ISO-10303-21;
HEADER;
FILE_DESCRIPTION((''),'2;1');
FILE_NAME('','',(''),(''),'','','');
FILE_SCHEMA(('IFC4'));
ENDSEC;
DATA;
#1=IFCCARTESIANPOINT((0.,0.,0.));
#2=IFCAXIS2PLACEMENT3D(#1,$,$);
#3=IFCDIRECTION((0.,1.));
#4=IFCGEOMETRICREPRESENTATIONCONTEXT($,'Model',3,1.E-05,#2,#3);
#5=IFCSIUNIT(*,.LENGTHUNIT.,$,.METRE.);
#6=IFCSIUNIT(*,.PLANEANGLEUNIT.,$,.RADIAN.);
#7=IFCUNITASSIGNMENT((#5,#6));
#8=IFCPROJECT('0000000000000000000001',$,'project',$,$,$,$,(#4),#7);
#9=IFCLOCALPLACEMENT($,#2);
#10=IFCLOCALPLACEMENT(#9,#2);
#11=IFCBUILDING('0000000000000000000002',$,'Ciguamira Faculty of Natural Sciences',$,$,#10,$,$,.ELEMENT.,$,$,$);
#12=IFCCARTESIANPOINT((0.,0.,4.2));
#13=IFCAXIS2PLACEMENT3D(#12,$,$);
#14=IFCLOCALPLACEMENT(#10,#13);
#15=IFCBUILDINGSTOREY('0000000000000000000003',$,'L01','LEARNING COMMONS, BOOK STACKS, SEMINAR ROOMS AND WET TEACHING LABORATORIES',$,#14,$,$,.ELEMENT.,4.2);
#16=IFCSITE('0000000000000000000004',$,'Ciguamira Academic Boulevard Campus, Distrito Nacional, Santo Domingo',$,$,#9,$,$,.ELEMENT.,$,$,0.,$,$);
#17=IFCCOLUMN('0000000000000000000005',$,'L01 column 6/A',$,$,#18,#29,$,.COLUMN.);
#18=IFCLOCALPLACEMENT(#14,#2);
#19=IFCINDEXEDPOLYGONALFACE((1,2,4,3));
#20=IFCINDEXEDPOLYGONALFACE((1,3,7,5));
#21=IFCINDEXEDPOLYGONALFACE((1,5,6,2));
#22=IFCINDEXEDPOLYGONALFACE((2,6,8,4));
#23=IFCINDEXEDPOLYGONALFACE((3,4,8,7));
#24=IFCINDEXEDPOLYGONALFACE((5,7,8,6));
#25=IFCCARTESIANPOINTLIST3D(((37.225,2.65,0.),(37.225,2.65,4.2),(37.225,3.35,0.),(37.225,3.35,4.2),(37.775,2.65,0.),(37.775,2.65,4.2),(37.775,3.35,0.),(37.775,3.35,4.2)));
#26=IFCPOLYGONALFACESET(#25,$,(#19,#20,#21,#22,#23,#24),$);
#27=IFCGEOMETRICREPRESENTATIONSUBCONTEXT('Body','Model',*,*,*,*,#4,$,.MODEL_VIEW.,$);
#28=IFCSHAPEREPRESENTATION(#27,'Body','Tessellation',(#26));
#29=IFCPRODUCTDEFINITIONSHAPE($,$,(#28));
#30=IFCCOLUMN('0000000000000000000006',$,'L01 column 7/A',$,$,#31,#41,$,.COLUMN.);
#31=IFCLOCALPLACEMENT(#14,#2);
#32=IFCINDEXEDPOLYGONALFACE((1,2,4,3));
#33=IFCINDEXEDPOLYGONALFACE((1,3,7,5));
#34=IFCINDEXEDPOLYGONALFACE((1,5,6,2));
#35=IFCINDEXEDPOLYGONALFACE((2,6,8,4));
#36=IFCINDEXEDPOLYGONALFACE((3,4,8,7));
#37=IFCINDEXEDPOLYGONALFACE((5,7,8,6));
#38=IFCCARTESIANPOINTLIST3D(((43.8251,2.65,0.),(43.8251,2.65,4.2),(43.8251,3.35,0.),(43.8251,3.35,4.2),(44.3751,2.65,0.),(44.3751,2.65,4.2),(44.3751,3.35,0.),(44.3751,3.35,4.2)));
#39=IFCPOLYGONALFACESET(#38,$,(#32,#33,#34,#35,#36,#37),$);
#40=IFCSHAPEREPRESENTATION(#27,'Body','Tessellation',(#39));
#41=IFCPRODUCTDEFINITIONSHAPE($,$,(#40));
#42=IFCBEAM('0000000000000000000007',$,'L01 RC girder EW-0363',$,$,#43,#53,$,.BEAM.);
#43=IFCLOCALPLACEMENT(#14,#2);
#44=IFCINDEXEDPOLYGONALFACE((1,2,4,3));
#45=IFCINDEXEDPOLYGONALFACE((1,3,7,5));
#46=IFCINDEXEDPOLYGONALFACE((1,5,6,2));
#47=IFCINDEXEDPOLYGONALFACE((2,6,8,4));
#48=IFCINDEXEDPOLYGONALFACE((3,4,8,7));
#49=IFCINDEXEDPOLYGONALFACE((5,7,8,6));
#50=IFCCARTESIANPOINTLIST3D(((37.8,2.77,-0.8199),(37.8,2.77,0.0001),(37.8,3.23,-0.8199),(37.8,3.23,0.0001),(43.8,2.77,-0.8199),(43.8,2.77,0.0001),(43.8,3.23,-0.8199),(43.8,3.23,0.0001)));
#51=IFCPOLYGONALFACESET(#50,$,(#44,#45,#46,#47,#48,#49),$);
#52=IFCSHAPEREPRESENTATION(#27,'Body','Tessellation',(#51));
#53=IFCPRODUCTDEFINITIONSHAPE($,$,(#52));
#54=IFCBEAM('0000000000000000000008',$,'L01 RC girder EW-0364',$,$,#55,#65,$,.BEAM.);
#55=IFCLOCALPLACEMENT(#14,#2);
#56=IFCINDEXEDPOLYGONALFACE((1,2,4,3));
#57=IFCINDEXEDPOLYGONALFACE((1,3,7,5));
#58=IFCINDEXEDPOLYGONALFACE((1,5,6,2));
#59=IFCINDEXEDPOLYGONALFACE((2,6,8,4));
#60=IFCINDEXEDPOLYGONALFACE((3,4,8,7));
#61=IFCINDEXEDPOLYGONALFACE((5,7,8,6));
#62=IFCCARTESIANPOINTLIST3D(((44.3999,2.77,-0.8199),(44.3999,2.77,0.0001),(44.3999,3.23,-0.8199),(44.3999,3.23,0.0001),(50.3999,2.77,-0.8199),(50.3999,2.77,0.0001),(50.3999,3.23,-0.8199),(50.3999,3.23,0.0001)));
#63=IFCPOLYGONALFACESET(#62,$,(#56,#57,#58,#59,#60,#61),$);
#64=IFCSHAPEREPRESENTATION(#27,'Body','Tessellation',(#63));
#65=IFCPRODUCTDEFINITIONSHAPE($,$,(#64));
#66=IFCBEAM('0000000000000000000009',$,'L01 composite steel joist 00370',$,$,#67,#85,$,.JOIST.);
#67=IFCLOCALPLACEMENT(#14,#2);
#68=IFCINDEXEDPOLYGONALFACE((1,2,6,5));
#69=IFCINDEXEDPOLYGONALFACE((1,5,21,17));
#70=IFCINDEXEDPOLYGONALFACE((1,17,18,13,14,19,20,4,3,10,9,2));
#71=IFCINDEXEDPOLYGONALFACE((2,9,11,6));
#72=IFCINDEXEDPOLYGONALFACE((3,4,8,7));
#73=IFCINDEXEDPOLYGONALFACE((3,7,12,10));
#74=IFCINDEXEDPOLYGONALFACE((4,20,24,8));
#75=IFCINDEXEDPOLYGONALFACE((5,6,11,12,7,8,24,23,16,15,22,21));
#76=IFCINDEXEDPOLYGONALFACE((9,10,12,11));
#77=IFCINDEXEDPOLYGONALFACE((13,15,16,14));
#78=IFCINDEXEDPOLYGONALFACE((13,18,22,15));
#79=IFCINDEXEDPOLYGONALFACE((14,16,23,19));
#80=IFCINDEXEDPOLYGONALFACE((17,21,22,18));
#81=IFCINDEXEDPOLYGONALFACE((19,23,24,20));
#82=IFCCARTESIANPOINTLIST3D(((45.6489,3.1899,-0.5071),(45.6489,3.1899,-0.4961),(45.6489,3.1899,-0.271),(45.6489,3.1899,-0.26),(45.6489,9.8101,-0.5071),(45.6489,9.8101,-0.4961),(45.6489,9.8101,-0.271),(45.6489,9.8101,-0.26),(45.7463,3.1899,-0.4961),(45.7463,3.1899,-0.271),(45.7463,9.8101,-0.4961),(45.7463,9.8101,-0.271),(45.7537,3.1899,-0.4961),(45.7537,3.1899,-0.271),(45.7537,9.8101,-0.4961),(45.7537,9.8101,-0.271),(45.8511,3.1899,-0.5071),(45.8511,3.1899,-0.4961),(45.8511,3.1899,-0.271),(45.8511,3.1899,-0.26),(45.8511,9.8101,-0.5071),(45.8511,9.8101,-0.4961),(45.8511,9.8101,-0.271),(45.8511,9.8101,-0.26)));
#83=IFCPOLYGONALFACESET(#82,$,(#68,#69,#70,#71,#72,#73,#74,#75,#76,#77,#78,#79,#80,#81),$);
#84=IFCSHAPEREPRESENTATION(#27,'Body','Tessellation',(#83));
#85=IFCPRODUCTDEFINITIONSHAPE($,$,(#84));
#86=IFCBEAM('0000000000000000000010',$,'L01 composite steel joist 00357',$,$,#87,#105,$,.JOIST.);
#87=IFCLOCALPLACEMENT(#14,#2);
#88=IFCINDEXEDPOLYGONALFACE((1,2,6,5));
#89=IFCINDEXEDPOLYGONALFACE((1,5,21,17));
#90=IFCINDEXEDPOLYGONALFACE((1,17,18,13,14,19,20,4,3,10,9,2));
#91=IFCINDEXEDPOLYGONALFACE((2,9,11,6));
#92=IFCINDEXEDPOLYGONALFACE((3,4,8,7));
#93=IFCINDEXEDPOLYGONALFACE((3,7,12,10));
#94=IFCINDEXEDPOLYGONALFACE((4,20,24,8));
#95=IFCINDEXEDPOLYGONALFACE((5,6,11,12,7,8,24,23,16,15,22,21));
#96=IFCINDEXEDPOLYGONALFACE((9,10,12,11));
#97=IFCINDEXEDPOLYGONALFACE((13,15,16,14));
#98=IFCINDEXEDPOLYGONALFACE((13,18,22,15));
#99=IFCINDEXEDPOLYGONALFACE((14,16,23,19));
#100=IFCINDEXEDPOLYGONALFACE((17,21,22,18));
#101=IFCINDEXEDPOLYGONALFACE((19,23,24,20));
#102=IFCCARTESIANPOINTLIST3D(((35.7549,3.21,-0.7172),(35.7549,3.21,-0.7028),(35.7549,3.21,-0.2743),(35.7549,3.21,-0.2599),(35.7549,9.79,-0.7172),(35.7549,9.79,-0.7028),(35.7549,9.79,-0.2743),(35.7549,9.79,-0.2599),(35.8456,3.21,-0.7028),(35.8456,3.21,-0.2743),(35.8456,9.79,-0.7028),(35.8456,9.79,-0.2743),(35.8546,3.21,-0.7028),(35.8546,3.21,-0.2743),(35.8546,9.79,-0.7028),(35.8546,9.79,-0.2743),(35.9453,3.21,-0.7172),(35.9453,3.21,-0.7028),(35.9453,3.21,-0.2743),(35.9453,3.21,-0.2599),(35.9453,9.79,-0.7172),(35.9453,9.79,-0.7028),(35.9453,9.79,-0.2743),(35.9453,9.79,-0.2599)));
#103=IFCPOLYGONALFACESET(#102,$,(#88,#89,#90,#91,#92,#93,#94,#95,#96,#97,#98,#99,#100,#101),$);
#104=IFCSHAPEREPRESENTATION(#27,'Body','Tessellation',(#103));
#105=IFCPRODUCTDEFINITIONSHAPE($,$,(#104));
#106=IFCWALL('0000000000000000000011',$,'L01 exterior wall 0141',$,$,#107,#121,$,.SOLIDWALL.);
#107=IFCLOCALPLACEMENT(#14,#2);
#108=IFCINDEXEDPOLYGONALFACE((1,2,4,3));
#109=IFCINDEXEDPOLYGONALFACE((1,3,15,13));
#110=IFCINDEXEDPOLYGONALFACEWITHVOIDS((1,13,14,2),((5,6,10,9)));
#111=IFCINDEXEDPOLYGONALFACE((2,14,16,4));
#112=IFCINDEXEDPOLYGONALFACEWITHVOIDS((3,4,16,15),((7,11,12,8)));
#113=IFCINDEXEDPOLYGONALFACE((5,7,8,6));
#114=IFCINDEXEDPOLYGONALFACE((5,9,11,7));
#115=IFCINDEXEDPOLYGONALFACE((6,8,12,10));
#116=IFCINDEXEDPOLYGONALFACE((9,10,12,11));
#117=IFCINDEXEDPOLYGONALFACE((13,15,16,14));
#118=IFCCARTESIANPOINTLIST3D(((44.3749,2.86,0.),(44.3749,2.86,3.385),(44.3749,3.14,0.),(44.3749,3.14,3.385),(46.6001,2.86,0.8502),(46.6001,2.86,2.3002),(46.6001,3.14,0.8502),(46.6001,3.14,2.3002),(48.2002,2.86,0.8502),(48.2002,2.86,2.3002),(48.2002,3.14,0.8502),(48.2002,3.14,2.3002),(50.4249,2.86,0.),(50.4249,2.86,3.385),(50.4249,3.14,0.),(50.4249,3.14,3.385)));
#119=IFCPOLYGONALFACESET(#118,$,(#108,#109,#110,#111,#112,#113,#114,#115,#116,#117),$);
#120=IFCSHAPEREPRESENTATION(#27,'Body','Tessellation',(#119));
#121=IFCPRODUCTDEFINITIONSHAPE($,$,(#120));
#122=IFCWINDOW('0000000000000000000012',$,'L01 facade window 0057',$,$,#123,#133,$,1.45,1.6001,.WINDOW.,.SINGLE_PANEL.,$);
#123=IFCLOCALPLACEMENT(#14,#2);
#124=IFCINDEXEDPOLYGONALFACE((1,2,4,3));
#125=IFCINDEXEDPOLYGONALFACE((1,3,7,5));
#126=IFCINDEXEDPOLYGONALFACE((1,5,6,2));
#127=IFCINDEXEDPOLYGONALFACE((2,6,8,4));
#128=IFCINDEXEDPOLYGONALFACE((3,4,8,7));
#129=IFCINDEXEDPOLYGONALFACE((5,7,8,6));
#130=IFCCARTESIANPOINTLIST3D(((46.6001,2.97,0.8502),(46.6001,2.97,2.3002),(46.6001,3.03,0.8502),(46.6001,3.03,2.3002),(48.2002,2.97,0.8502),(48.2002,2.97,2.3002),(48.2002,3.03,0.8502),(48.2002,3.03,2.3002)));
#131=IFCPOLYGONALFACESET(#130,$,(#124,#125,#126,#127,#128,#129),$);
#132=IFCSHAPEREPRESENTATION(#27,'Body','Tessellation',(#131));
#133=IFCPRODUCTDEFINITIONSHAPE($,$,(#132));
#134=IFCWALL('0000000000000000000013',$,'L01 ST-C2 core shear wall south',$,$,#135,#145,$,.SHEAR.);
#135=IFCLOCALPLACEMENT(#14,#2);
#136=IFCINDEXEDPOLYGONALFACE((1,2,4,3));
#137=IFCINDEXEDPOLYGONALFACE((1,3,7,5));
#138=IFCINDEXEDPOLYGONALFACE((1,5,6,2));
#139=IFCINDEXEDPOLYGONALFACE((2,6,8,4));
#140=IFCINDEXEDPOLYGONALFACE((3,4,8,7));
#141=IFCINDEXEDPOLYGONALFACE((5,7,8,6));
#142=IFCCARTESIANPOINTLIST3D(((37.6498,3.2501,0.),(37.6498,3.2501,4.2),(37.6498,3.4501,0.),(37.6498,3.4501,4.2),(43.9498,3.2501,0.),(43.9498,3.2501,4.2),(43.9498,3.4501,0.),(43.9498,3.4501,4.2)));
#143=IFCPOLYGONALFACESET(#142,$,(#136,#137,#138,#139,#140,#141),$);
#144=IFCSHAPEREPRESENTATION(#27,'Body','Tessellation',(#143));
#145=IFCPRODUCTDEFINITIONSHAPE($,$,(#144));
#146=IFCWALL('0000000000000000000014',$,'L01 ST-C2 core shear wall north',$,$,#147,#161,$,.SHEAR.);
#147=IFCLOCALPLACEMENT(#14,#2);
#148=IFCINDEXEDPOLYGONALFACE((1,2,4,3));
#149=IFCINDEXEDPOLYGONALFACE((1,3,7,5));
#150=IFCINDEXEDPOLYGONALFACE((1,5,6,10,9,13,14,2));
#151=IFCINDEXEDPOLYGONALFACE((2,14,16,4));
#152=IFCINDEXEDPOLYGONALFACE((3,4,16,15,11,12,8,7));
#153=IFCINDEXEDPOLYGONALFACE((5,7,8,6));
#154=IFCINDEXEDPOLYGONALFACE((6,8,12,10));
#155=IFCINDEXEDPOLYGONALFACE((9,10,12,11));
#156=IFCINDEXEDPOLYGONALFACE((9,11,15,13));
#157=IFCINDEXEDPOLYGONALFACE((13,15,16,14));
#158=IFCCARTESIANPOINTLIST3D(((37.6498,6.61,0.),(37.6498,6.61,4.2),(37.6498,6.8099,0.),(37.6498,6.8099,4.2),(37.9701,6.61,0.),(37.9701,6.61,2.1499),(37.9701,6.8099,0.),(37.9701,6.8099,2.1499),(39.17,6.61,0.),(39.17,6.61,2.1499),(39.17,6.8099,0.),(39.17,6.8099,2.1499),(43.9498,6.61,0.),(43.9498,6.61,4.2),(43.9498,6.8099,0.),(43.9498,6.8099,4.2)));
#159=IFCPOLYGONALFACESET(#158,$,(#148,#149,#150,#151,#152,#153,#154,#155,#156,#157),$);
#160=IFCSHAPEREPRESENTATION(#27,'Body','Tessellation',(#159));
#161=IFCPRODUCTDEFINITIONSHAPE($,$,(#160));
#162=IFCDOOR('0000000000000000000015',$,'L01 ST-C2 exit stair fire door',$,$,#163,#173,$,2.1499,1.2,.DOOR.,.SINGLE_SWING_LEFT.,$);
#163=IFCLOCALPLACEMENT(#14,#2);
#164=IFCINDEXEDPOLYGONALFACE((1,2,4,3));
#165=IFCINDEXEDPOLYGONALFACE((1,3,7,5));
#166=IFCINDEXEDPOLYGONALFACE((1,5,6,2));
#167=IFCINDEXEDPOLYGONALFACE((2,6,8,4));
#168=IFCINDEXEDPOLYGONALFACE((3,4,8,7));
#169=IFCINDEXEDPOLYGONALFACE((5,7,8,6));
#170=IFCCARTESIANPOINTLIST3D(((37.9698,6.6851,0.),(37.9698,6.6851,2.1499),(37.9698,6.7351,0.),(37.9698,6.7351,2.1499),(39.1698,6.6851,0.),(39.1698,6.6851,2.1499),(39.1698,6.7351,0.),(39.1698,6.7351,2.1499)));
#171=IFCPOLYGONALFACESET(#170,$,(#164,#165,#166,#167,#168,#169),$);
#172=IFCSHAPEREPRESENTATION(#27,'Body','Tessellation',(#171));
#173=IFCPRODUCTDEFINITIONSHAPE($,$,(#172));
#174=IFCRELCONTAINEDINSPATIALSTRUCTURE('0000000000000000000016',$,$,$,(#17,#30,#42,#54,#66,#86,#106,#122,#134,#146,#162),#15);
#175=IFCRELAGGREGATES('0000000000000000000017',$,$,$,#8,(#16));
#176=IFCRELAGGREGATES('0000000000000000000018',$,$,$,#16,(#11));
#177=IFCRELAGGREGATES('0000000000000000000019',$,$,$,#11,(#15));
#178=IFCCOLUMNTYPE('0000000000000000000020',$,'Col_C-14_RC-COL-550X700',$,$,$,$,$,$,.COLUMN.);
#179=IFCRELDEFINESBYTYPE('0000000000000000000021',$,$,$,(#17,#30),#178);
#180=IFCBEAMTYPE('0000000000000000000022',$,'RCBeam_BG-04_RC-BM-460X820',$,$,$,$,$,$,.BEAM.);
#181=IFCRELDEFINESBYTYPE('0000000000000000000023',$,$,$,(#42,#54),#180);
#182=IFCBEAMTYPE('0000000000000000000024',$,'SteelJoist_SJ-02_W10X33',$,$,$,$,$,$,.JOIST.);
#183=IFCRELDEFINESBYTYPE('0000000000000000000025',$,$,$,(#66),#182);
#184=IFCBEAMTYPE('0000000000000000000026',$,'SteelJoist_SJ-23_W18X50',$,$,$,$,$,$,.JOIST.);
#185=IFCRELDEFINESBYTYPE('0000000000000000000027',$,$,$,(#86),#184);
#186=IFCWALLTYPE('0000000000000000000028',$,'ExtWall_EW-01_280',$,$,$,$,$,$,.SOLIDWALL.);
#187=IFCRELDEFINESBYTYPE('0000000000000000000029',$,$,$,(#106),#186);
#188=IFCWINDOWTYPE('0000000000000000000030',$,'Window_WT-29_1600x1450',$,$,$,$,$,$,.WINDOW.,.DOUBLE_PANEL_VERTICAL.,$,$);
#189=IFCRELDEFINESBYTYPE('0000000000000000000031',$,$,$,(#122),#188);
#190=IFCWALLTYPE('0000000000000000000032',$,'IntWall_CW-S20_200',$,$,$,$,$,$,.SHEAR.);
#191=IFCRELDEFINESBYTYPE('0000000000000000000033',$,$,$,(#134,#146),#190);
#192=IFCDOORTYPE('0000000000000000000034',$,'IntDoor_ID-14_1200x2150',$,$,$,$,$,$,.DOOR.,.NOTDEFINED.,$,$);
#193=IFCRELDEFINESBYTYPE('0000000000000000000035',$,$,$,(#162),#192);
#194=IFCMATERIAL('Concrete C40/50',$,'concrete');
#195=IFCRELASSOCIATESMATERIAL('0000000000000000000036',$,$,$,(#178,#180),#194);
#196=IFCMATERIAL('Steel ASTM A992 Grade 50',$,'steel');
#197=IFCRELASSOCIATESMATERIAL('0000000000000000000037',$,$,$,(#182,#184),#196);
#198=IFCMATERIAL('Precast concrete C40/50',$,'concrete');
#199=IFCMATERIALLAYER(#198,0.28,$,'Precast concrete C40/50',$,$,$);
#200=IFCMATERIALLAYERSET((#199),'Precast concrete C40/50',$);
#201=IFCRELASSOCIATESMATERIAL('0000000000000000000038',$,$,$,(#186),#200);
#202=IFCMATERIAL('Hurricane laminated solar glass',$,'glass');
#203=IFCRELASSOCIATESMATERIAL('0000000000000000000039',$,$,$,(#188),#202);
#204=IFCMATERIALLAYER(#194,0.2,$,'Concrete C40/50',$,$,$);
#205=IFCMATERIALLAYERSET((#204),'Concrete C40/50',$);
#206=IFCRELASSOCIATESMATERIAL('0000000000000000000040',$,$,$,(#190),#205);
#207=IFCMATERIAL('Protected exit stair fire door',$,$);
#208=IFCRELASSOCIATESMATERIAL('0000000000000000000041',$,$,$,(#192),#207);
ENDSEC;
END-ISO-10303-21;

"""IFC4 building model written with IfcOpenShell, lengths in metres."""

from ifc_helpers import new_model, si_unit, direction, frame, frame_2d, origin, origin_2d, place, context, subcontext, project, spatial, rectangle, i_section, extrude, material, layer, layer_set, material_profile, profile_set, type_object, element, fill, save


model = new_model("IFC4")

# Units and contexts
model_context = context("Model", 3, precision=1e-05, world=origin(), true_north=direction((0.0, 1.0)))
body_context = subcontext(model_context, "Body", "Model", "MODEL_VIEW")
ifc_project = project(units=[si_unit("LENGTHUNIT", "METRE"), si_unit("PLANEANGLEUNIT", "RADIAN")], contexts=[model_context])

# Site, building, storey
site_placement = place(None, origin())
site = spatial("IfcSite", under=ifc_project, at=site_placement, Name="Ciguamira Academic Boulevard Campus, Distrito Nacional, Santo Domingo", CompositionType="ELEMENT", RefElevation=0.0)
building_placement = place(site_placement, origin())
building = spatial("IfcBuilding", under=site, at=building_placement, Name="Ciguamira Faculty of Natural Sciences", CompositionType="ELEMENT")
storey_placement = place(building_placement, frame((0.0, 0.0, 4.2)))
storey = spatial("IfcBuildingStorey", under=building, at=storey_placement, Name="L01", Description="LEARNING COMMONS, BOOK STACKS, SEMINAR ROOMS AND WET TEACHING LABORATORIES", CompositionType="ELEMENT", Elevation=4.2)

# Columns
ifc_material_1 = material(Name="Concrete C40/50", Category="concrete")
ifc_material_profile_1 = material_profile(ifc_material_1, rectangle(XDim=0.55, YDim=0.7, at=origin_2d()), Name="RC-COL-550X700")
ifc_profile_set_1 = profile_set([ifc_material_profile_1], Name="Concrete C40/50")
column_type = type_object("IfcColumnType", Name="Col_C-14_RC-COL-550X700", PredefinedType="COLUMN", material=ifc_profile_set_1)
for number, where, z_axis, x_axis, name in (
    (1, (37.5, 3.0, 0.0), (0.0, 0.0, 1.0), (1.0, 0.0, 0.0), "L01 column 6/A"),
    (2, (44.1001, 3.0, 0.0), (0.0, 0.0, 1.0), (1.0, 0.0, 0.0), "L01 column 7/A"),
):
    element("IfcColumn", number, at=place(storey_placement, frame(where, z_axis=z_axis, x_axis=x_axis)), inside=storey, type_object=column_type, Name=name, PredefinedType="COLUMN", context=body_context, shape_type="SweptSolid", body=[
        extrude(rectangle(XDim=0.55, YDim=0.7, at=origin_2d()), origin(), (0.0, 0.0, 1.0), 4.2),
    ])

# Beams
ifc_material_profile_2 = material_profile(ifc_material_1, rectangle(XDim=0.46, YDim=0.8201, at=origin_2d()), Name="RC-BM-460X820")
ifc_profile_set_2 = profile_set([ifc_material_profile_2], Name="Concrete C40/50")
beam_type_1 = type_object("IfcBeamType", Name="RCBeam_BG-04_RC-BM-460X820", PredefinedType="BEAM", material=ifc_profile_set_2)
for number, where, z_axis, x_axis, name in (
    (3, (37.8, 3.0, -0.4099), (1.0, 0.0, 0.0), (0.0, 1.0, 0.0), "L01 RC girder EW-0363"),
    (4, (44.3999, 3.0, -0.4099), (1.0, 0.0, 0.0), (0.0, 1.0, 0.0), "L01 RC girder EW-0364"),
):
    element("IfcBeam", number, at=place(storey_placement, frame(where, z_axis=z_axis, x_axis=x_axis)), inside=storey, type_object=beam_type_1, Name=name, PredefinedType="BEAM", context=body_context, shape_type="SweptSolid", body=[
        extrude(rectangle(XDim=0.46, YDim=0.8201, at=origin_2d()), origin(), (0.0, 0.0, 1.0), 6.0),
    ])
ifc_material_2 = material(Name="Steel ASTM A992 Grade 50", Category="steel")
ifc_material_profile_3 = material_profile(ifc_material_2, i_section(OverallWidth=0.2021, OverallDepth=0.2471, WebThickness=0.0073, FlangeThickness=0.011, at=origin_2d()), Name="W10X33")
ifc_profile_set_3 = profile_set([ifc_material_profile_3], Name="Steel ASTM A992 Grade 50")
beam_type_2 = type_object("IfcBeamType", Name="SteelJoist_SJ-02_W10X33", PredefinedType="JOIST", material=ifc_profile_set_3)
beam_1_placement = place(storey_placement, frame((45.75, 3.1899, -0.3835), z_axis=(0.0, 1.0, 0.0), x_axis=(-1.0, 0.0, 0.0)))
element("IfcBeam", 5, at=beam_1_placement, inside=storey, type_object=beam_type_2, Name="L01 composite steel joist 00370", PredefinedType="JOIST", context=body_context, shape_type="SweptSolid", body=[
    extrude(i_section(OverallWidth=0.2021, OverallDepth=0.2471, WebThickness=0.0073, FlangeThickness=0.011, at=origin_2d()), origin(), (0.0, 0.0, 1.0), 6.6201),
])
ifc_material_profile_4 = material_profile(ifc_material_2, i_section(OverallWidth=0.1904, OverallDepth=0.4573, WebThickness=0.009, FlangeThickness=0.0144, at=origin_2d()), Name="W18X50")
ifc_profile_set_4 = profile_set([ifc_material_profile_4], Name="Steel ASTM A992 Grade 50")
beam_type_3 = type_object("IfcBeamType", Name="SteelJoist_SJ-23_W18X50", PredefinedType="JOIST", material=ifc_profile_set_4)
beam_2_placement = place(storey_placement, frame((35.8501, 3.21, -0.4885), z_axis=(0.0, 1.0, 0.0), x_axis=(-1.0, 0.0, 0.0)))
element("IfcBeam", 6, at=beam_2_placement, inside=storey, type_object=beam_type_3, Name="L01 composite steel joist 00357", PredefinedType="JOIST", context=body_context, shape_type="SweptSolid", body=[
    extrude(i_section(OverallWidth=0.1904, OverallDepth=0.4573, WebThickness=0.009, FlangeThickness=0.0144, at=origin_2d()), origin(), (0.0, 0.0, 1.0), 6.5801),
])

# Wall, opening, window
ifc_material_3 = material(Name="Precast concrete C40/50", Category="concrete")
ifc_layer_1 = layer(ifc_material_3, 0.28, Name="Precast concrete C40/50")
ifc_layer_set_1 = layer_set([ifc_layer_1], Name="Precast concrete C40/50")
wall_type_1 = type_object("IfcWallType", Name="ExtWall_EW-01_280", PredefinedType="SOLIDWALL", material=ifc_layer_set_1)
wall_1_placement = place(storey_placement, frame((44.375, 3.0, 0.0), z_axis=(0.0, 0.0, 1.0), x_axis=(1.0, 0.0, 0.0)))
wall_1 = element("IfcWall", 7, at=wall_1_placement, inside=storey, type_object=wall_type_1, Name="L01 exterior wall 0141", PredefinedType="SOLIDWALL", context=body_context, shape_type="SweptSolid", body=[
    extrude(rectangle(XDim=6.05, YDim=0.28, at=frame_2d((3.0249, 0.0))), origin(), (0.0, 0.0, 1.0), 3.385),
])
opening_1_placement = place(wall_1_placement, frame((2.2251, 0.0, 0.8501)))
opening_1 = element("IfcOpeningElement", 8, at=opening_1_placement, cuts=wall_1, PredefinedType="OPENING", context=body_context, shape_type="SweptSolid", body=[
    extrude(rectangle(XDim=1.6001, YDim=1.45, at=frame_2d((0.8, 0.7251))), frame((0.0, 0.1499, 0.0), z_axis=(0.0, -1.0, 0.0), x_axis=(1.0, 0.0, 0.0)), (0.0, 0.0, 1.0), 0.3),
])
ifc_material_4 = material(Name="Hurricane laminated solar glass", Category="glass")
window_type = type_object("IfcWindowType", Name="Window_WT-29_1600x1450", PartitioningType="DOUBLE_PANEL_VERTICAL", PredefinedType="WINDOW", material=ifc_material_4)
window_placement = place(opening_1_placement, origin())
window = element("IfcWindow", 9, at=window_placement, inside=storey, type_object=window_type, Name="L01 facade window 0057", OverallHeight=1.45, OverallWidth=1.6001, PartitioningType="SINGLE_PANEL", PredefinedType="WINDOW", context=body_context, shape_type="SweptSolid", body=[
    extrude(rectangle(XDim=1.6001, YDim=1.45, at=frame_2d((0.8, 0.7251))), frame((0.0, 0.03, 0.0), z_axis=(0.0, -1.0, 0.0), x_axis=(1.0, 0.0, 0.0)), (0.0, 0.0, 1.0), 0.0601),
])
fill(opening_1, window)

# Wall
ifc_layer_2 = layer(ifc_material_1, 0.2, Name="Concrete C40/50")
ifc_layer_set_2 = layer_set([ifc_layer_2], Name="Concrete C40/50")
wall_type_2 = type_object("IfcWallType", Name="IntWall_CW-S20_200", PredefinedType="SHEAR", material=ifc_layer_set_2)
wall_2_placement = place(storey_placement, frame((37.6499, 3.3501, 0.0), z_axis=(0.0, 0.0, 1.0), x_axis=(1.0, 0.0, 0.0)))
element("IfcWall", 10, at=wall_2_placement, inside=storey, type_object=wall_type_2, Name="L01 ST-C2 core shear wall south", PredefinedType="SHEAR", context=body_context, shape_type="SweptSolid", body=[
    extrude(rectangle(XDim=6.3, YDim=0.2, at=frame_2d((3.1499, 0.0))), origin(), (0.0, 0.0, 1.0), 4.2),
])

# Wall, opening, door
wall_3_placement = place(storey_placement, frame((37.6499, 6.71, 0.0), z_axis=(0.0, 0.0, 1.0), x_axis=(1.0, 0.0, 0.0)))
wall_3 = element("IfcWall", 11, at=wall_3_placement, inside=storey, type_object=wall_type_2, Name="L01 ST-C2 core shear wall north", PredefinedType="SHEAR", context=body_context, shape_type="SweptSolid", body=[
    extrude(rectangle(XDim=6.3, YDim=0.2, at=frame_2d((3.1499, 0.0))), origin(), (0.0, 0.0, 1.0), 4.2),
])
opening_2_placement = place(wall_3_placement, frame((0.3201, 0.0, 0.0)))
opening_2 = element("IfcOpeningElement", 12, at=opening_2_placement, cuts=wall_3, PredefinedType="OPENING", context=body_context, shape_type="SweptSolid", body=[
    extrude(rectangle(XDim=1.2, YDim=2.1499, at=frame_2d((0.6001, 1.075))), frame((0.0, 0.1099, 0.0), z_axis=(0.0, -1.0, 0.0), x_axis=(1.0, 0.0, 0.0)), (0.0, 0.0, 1.0), 0.22),
])
ifc_material_5 = material(Name="Protected exit stair fire door")
door_type = type_object("IfcDoorType", Name="IntDoor_ID-14_1200x2150", OperationType="NOTDEFINED", PredefinedType="DOOR", material=ifc_material_5)
door_placement = place(opening_2_placement, frame((1.2, 0.0, 0.0), z_axis=(0.0, 0.0, 1.0), x_axis=(-1.0, 0.0, 0.0)))
door = element("IfcDoor", 13, at=door_placement, inside=storey, type_object=door_type, Name="L01 ST-C2 exit stair fire door", OperationType="SINGLE_SWING_LEFT", OverallHeight=2.1499, OverallWidth=1.2, PredefinedType="DOOR", context=body_context, shape_type="SweptSolid", body=[
    extrude(rectangle(XDim=1.2, YDim=2.1499, at=frame_2d((0.6001, 1.075))), frame((0.0, 0.0249, 0.0), z_axis=(0.0, -1.0, 0.0), x_axis=(1.0, 0.0, 0.0)), (0.0, 0.0, 1.0), 0.05),
])
fill(opening_2, door)

save(model, "model.ifc")
